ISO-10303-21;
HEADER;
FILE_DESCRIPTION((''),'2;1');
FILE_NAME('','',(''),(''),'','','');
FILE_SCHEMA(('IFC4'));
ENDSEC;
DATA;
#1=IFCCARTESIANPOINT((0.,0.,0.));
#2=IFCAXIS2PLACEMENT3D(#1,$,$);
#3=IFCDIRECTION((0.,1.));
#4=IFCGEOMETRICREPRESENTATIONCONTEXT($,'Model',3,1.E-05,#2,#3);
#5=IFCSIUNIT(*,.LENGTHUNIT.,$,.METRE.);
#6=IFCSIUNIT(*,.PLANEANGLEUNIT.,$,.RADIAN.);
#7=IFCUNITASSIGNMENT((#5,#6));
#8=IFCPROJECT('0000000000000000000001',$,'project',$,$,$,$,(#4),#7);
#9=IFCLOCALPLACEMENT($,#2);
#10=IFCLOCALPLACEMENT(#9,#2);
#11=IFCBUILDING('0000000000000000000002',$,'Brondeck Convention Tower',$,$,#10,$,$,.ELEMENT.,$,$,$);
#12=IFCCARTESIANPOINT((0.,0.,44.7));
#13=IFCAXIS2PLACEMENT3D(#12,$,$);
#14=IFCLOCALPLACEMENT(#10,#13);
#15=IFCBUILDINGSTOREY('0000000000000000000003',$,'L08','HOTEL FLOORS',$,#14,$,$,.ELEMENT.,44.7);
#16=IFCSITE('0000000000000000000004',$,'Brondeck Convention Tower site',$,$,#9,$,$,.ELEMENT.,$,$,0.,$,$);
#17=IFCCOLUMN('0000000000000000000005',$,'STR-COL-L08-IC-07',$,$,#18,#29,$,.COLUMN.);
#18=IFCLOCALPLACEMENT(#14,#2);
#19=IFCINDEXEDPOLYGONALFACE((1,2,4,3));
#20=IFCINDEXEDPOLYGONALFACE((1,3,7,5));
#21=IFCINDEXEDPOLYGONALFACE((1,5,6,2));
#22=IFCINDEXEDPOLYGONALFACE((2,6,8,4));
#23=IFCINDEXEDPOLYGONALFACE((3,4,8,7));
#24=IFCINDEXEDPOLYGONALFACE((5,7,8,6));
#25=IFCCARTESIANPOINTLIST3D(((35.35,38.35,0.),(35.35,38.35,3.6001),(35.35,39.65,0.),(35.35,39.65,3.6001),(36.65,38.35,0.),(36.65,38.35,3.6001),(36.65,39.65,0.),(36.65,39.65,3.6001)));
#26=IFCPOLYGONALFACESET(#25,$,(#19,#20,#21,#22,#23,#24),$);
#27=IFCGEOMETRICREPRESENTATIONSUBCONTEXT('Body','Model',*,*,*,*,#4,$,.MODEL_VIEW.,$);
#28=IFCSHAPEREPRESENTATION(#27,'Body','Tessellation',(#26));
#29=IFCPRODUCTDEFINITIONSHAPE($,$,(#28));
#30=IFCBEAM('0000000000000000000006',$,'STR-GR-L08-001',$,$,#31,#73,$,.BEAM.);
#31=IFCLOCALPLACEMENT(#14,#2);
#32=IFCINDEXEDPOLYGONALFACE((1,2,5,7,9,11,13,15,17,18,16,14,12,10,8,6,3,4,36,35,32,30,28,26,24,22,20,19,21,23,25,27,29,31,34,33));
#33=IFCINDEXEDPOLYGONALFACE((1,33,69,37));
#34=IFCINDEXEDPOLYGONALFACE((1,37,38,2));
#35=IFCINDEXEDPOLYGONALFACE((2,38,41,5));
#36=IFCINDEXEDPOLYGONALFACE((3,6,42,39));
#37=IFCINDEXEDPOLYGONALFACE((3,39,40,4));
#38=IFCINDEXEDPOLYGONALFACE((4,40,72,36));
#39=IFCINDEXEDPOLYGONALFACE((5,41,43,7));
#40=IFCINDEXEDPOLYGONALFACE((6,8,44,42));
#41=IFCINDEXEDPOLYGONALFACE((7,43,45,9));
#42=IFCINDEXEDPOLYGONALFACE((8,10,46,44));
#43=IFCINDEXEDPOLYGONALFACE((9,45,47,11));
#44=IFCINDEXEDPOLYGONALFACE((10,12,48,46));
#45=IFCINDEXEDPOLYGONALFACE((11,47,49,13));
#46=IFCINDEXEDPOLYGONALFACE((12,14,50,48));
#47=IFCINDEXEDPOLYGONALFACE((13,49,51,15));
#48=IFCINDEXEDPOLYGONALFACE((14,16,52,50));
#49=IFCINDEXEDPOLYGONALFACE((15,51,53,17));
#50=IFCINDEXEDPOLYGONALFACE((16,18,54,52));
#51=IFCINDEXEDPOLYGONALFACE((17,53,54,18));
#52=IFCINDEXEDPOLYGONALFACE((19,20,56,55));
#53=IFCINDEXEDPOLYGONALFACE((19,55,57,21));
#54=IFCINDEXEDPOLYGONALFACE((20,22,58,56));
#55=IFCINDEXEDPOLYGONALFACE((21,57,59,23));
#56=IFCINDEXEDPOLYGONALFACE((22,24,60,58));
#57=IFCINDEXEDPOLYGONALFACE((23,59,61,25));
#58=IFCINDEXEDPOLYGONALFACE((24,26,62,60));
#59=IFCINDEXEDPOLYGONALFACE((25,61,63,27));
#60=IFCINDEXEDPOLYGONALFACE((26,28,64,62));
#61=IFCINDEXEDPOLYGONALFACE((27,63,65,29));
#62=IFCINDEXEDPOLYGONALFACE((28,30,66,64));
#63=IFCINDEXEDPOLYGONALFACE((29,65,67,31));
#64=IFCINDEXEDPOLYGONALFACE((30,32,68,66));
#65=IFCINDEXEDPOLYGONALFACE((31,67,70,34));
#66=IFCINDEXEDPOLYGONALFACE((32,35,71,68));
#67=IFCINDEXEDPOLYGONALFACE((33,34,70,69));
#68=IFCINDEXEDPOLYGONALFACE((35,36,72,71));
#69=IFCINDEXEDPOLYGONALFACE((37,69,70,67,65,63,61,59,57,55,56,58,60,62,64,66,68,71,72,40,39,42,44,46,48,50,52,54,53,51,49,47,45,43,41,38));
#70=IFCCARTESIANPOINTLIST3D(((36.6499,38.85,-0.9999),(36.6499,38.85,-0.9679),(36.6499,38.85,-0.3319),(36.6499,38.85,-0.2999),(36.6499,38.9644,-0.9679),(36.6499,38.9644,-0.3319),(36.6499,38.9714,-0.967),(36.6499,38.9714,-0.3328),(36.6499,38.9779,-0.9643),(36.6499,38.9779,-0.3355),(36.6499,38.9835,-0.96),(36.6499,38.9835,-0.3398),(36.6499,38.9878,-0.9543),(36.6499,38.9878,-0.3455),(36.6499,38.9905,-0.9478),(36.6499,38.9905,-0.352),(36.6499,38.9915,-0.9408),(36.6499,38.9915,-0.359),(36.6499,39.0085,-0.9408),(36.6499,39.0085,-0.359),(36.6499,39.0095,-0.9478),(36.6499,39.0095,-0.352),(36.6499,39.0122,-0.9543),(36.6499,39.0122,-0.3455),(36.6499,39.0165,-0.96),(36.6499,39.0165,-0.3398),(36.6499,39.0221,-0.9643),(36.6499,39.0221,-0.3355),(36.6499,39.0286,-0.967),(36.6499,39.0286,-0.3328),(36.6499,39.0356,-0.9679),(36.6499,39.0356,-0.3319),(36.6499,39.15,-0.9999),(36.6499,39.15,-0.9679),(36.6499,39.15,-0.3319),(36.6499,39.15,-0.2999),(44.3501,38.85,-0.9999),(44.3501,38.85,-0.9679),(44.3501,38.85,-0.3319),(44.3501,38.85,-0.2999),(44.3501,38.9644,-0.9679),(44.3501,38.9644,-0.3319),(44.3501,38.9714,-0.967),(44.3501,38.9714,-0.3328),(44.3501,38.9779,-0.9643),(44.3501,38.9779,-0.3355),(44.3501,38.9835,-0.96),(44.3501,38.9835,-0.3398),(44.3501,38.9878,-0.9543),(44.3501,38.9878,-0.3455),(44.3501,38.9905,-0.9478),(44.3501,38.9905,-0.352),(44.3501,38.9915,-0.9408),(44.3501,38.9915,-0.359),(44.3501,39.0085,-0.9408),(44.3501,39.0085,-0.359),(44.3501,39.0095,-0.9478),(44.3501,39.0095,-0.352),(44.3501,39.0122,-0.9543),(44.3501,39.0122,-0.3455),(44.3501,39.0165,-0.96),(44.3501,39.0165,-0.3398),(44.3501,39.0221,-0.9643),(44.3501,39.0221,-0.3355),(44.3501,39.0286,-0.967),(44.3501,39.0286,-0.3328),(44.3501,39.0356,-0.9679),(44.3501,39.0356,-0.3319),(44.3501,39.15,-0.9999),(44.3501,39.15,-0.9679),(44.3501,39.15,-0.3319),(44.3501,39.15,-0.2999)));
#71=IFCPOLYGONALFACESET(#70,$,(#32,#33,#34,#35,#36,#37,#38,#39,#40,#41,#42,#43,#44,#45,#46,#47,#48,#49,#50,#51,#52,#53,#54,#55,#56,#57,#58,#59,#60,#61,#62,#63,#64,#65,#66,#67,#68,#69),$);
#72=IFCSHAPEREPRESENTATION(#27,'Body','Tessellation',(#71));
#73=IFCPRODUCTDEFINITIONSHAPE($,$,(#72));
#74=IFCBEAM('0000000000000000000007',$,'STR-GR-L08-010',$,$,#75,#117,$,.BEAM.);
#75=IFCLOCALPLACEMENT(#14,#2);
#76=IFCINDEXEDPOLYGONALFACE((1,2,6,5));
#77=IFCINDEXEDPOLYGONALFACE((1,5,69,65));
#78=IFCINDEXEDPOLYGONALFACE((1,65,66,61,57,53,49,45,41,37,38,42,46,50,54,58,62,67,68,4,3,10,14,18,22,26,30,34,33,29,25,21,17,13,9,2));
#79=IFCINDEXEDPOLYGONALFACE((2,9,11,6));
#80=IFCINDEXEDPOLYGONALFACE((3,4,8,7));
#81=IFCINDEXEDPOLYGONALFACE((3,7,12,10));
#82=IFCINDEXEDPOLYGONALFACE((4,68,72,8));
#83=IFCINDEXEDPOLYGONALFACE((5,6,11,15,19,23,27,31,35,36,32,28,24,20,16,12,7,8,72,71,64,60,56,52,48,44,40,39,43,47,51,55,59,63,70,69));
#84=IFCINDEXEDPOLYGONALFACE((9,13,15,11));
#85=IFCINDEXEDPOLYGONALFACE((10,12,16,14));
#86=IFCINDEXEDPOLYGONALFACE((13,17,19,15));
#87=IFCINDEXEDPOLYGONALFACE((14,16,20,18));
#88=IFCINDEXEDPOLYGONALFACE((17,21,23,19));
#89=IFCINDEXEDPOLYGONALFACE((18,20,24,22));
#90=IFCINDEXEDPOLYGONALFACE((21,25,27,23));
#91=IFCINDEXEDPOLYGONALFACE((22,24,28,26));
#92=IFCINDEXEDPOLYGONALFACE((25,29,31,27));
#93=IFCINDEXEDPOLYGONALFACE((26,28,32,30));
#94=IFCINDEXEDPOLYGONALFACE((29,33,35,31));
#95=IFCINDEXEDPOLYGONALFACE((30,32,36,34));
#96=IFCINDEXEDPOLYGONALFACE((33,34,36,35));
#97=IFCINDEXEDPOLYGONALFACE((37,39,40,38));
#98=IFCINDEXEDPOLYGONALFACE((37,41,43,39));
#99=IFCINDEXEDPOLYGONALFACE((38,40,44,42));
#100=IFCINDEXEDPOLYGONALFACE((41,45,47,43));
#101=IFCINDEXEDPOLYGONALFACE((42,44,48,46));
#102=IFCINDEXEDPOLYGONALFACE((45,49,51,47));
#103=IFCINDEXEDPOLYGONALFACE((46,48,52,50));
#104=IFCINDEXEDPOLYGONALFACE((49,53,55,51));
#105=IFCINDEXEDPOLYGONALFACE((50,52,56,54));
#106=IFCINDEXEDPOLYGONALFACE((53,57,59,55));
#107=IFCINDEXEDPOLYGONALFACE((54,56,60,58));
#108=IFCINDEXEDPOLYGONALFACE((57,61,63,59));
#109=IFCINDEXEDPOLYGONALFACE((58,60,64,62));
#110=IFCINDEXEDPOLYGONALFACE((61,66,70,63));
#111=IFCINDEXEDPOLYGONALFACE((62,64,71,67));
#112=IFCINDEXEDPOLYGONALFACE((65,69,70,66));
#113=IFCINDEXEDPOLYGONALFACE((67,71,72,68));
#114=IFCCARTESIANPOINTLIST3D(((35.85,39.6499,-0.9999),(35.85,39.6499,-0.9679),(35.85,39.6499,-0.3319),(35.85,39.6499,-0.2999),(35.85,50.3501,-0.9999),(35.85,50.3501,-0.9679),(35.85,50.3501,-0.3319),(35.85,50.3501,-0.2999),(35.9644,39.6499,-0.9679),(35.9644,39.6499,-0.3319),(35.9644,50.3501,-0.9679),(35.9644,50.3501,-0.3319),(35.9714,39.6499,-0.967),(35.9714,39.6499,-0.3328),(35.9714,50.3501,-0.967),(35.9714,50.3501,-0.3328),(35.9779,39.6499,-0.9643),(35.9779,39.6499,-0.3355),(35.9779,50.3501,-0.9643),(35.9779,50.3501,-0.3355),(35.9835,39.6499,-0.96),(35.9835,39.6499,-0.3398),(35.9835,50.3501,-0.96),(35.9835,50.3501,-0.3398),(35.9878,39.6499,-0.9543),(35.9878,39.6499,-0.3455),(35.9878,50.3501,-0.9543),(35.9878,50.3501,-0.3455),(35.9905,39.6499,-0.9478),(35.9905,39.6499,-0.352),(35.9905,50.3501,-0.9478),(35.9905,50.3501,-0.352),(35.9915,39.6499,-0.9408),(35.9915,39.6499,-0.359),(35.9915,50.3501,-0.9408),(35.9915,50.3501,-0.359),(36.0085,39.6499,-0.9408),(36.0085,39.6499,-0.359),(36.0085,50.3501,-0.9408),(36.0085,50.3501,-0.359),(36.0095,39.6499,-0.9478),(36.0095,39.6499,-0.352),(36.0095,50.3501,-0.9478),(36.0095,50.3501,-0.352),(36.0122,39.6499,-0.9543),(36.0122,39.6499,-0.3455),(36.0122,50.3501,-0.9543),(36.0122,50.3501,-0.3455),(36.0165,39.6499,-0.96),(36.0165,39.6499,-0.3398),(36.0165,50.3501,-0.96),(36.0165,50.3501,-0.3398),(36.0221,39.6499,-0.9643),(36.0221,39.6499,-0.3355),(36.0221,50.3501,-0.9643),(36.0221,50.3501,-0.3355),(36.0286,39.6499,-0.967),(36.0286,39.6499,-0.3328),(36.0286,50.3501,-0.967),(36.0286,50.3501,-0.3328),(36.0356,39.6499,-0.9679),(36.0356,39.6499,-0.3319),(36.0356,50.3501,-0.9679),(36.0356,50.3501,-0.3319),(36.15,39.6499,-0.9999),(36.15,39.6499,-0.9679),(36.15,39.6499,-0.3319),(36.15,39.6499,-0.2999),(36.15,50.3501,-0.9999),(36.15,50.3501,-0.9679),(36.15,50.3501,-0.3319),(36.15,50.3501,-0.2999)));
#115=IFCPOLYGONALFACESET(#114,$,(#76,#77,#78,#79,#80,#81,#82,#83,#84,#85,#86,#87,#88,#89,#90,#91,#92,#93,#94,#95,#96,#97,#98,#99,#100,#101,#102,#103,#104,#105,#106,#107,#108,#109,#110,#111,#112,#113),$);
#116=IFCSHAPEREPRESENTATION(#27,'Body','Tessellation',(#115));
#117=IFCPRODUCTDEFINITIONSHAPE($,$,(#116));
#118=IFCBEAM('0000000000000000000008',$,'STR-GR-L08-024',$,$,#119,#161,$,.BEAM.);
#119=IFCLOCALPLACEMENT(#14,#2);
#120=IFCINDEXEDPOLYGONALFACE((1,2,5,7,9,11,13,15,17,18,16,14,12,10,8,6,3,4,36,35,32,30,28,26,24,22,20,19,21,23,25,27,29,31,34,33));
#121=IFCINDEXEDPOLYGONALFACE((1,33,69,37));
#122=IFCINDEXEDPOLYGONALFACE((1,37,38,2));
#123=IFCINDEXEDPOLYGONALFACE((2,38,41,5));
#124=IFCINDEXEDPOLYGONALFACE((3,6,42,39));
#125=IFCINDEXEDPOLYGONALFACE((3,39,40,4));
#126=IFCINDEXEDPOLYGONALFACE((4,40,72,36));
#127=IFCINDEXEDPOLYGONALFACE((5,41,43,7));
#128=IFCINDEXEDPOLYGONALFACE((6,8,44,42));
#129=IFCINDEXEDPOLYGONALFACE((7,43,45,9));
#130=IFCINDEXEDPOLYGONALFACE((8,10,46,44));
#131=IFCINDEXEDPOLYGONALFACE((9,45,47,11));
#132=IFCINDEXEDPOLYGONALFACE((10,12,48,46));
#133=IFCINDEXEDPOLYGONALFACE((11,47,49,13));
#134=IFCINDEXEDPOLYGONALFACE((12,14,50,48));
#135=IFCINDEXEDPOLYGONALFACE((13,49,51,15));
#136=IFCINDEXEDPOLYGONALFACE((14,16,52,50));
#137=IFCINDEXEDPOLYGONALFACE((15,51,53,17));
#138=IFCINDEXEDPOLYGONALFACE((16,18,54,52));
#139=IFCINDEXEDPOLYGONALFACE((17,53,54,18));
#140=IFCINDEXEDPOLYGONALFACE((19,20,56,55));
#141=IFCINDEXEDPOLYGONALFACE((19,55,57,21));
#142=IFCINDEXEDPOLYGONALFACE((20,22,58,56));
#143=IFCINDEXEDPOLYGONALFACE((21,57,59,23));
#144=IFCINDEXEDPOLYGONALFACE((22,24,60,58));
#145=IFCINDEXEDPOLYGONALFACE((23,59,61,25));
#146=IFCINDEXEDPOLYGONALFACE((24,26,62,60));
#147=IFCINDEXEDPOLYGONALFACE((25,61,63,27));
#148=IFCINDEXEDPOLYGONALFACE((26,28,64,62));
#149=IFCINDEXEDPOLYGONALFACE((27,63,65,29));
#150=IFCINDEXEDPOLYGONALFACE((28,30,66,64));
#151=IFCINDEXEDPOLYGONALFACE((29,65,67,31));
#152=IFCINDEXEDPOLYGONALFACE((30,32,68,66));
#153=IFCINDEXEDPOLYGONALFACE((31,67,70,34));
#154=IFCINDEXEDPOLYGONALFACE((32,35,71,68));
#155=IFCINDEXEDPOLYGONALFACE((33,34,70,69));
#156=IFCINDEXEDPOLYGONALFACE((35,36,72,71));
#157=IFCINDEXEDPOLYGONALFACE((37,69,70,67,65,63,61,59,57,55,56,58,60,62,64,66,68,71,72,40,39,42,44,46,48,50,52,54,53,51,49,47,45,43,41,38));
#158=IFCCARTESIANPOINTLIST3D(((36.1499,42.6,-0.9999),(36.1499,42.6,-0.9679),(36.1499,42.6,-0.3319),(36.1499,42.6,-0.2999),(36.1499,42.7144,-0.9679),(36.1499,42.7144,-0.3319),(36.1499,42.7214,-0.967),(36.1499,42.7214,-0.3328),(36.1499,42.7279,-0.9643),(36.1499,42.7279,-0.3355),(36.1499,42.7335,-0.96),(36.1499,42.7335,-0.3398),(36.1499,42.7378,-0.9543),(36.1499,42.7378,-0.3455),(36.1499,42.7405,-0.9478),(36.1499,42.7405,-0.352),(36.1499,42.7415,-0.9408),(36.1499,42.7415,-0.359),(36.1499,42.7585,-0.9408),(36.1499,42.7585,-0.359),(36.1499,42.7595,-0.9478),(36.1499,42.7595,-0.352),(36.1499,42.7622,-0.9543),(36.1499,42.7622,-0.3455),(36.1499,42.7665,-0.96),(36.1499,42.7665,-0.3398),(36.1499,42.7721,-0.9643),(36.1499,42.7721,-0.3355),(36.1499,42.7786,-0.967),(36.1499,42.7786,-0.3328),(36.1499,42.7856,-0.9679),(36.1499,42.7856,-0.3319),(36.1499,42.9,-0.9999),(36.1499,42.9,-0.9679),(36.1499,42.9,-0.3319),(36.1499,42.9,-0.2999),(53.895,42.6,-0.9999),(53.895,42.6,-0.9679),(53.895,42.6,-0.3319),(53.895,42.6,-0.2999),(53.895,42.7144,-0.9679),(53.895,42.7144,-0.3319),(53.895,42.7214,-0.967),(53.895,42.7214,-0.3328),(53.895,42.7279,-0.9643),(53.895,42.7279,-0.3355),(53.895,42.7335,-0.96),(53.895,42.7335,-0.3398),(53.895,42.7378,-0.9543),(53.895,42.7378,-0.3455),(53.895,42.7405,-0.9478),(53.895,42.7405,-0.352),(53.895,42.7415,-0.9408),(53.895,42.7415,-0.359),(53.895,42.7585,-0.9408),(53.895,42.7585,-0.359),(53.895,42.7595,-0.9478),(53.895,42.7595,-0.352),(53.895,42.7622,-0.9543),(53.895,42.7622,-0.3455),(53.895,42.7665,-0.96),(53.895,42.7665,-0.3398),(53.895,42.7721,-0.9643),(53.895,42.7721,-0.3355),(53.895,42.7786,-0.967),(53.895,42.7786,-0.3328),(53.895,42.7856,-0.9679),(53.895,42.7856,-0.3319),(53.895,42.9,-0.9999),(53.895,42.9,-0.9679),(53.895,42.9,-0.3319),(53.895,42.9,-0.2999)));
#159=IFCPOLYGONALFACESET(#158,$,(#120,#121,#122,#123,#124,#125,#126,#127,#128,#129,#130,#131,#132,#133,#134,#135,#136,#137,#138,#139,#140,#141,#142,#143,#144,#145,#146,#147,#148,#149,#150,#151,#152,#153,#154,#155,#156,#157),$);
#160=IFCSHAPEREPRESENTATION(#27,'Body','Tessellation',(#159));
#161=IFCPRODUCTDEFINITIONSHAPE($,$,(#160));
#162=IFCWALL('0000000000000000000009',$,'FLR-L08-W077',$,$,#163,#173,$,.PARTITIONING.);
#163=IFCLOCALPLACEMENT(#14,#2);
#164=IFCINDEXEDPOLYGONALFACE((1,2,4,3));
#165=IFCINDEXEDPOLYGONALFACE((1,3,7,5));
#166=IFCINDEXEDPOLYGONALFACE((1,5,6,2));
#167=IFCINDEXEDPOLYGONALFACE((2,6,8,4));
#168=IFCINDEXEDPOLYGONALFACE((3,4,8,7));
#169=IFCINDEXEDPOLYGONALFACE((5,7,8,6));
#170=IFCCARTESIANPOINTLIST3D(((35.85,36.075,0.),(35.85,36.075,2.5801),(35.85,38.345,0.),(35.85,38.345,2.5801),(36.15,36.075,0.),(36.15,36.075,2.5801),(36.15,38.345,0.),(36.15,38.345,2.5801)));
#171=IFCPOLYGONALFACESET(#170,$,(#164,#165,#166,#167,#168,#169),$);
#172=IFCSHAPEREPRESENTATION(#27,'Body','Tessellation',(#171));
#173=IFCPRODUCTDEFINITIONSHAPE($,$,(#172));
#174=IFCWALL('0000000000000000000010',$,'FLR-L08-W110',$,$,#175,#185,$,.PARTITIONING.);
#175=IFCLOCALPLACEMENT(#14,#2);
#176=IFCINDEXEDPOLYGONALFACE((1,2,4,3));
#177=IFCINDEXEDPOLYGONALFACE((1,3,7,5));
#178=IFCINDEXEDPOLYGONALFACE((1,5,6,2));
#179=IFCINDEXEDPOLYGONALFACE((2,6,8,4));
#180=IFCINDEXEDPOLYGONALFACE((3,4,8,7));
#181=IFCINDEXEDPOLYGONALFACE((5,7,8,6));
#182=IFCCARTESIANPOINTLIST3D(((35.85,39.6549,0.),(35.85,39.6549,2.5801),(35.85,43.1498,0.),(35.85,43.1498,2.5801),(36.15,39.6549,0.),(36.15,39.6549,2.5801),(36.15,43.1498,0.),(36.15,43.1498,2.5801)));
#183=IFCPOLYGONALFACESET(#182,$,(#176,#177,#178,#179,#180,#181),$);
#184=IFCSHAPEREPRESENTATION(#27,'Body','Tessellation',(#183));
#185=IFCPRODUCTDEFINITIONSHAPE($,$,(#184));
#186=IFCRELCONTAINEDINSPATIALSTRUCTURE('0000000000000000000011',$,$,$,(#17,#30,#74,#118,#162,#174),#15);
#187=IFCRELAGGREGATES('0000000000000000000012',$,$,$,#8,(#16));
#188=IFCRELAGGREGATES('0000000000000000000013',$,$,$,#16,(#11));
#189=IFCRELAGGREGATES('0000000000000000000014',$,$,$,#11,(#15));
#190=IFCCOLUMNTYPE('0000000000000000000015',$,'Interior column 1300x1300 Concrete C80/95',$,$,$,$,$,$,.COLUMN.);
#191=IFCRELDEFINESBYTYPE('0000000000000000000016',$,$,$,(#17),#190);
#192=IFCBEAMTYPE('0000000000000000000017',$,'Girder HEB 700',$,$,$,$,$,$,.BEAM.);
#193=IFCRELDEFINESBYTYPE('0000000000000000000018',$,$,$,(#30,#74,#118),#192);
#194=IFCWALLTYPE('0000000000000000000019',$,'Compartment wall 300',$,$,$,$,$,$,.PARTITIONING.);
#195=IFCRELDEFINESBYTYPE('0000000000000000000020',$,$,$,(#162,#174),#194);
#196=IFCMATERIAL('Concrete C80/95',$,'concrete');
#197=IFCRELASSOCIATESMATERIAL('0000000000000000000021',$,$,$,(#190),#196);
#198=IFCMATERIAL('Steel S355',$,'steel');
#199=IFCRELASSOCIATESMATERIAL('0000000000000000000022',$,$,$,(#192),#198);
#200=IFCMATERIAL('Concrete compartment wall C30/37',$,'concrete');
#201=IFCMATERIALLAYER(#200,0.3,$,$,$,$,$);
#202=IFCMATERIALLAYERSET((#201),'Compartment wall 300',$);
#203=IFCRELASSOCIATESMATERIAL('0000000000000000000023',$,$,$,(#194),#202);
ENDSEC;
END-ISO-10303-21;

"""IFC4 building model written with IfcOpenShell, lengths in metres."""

from ifc_helpers import new_model, si_unit, direction, frame, frame_2d, origin, origin_2d, place, context, subcontext, project, spatial, rectangle, i_section, extrude, material, layer, layer_set, material_profile, profile_set, type_object, element, save


model = new_model("IFC4")

# Units and contexts
model_context = context("Model", 3, precision=1e-05, world=origin(), true_north=direction((0.0, 1.0)))
body_context = subcontext(model_context, "Body", "Model", "MODEL_VIEW")
ifc_project = project(units=[si_unit("LENGTHUNIT", "METRE"), si_unit("PLANEANGLEUNIT", "RADIAN")], contexts=[model_context])

# Site, building, storey
site_placement = place(None, origin())
site = spatial("IfcSite", under=ifc_project, at=site_placement, Name="Brondeck Convention Tower site", CompositionType="ELEMENT", RefElevation=0.0)
building_placement = place(site_placement, origin())
building = spatial("IfcBuilding", under=site, at=building_placement, Name="Brondeck Convention Tower", CompositionType="ELEMENT")
storey_placement = place(building_placement, frame((0.0, 0.0, 44.7)))
storey = spatial("IfcBuildingStorey", under=building, at=storey_placement, Name="L08", Description="HOTEL FLOORS", CompositionType="ELEMENT", Elevation=44.7)

# Column
ifc_material_1 = material(Name="Concrete C80/95", Category="concrete")
ifc_material_profile_1 = material_profile(ifc_material_1, rectangle(XDim=1.3, YDim=1.3, at=origin_2d()), Name="Interior column 1300x1300 Concrete C80/95")
ifc_profile_set_1 = profile_set([ifc_material_profile_1], Name="Concrete C80/95")
column_type = type_object("IfcColumnType", Name="Interior column 1300x1300 Concrete C80/95", PredefinedType="COLUMN", material=ifc_profile_set_1)
column_placement = place(storey_placement, frame((36.0, 39.0, 0.0), z_axis=(0.0, 0.0, 1.0), x_axis=(1.0, 0.0, 0.0)))
element("IfcColumn", 1, at=column_placement, inside=storey, type_object=column_type, Name="STR-COL-L08-IC-07", PredefinedType="COLUMN", context=body_context, shape_type="SweptSolid", body=[
    extrude(rectangle(XDim=1.3, YDim=1.3, at=origin_2d()), origin(), (0.0, 0.0, 1.0), 3.6001),
])

# Beams
ifc_material_2 = material(Name="Steel S355", Category="steel")
ifc_material_profile_2 = material_profile(ifc_material_2, i_section(OverallWidth=0.3, OverallDepth=0.7, WebThickness=0.0171, FlangeThickness=0.032, FilletRadius=0.0271, at=origin_2d()), Name="HEB 700")
ifc_profile_set_2 = profile_set([ifc_material_profile_2], Name="Steel S355")
beam_type = type_object("IfcBeamType", Name="Girder HEB 700", PredefinedType="BEAM", material=ifc_profile_set_2)
beam_1_placement = place(storey_placement, frame((36.6499, 39.0, -0.6499), z_axis=(1.0, 0.0, 0.0), x_axis=(0.0, 1.0, 0.0)))
element("IfcBeam", 2, at=beam_1_placement, inside=storey, type_object=beam_type, Name="STR-GR-L08-001", PredefinedType="BEAM", context=body_context, shape_type="SweptSolid", body=[
    extrude(i_section(OverallWidth=0.3, OverallDepth=0.7, WebThickness=0.0171, FlangeThickness=0.032, FilletRadius=0.0271, at=origin_2d()), origin(), (0.0, 0.0, 1.0), 7.7002),
])
beam_2_placement = place(storey_placement, frame((36.0, 39.6499, -0.6499), z_axis=(0.0, 1.0, 0.0), x_axis=(-1.0, 0.0, 0.0)))
element("IfcBeam", 3, at=beam_2_placement, inside=storey, type_object=beam_type, Name="STR-GR-L08-010", PredefinedType="BEAM", context=body_context, shape_type="SweptSolid", body=[
    extrude(i_section(OverallWidth=0.3, OverallDepth=0.7, WebThickness=0.0171, FlangeThickness=0.032, FilletRadius=0.0271, at=origin_2d()), origin(), (0.0, 0.0, 1.0), 10.7002),
])
beam_3_placement = place(storey_placement, frame((36.1499, 42.75, -0.6499), z_axis=(1.0, 0.0, 0.0), x_axis=(0.0, 1.0, 0.0)))
element("IfcBeam", 4, at=beam_3_placement, inside=storey, type_object=beam_type, Name="STR-GR-L08-024", PredefinedType="BEAM", context=body_context, shape_type="SweptSolid", body=[
    extrude(i_section(OverallWidth=0.3, OverallDepth=0.7, WebThickness=0.0171, FlangeThickness=0.032, FilletRadius=0.0271, at=origin_2d()), origin(), (0.0, 0.0, 1.0), 17.7451),
])

# Walls
ifc_material_3 = material(Name="Concrete compartment wall C30/37", Category="concrete")
ifc_layer_1 = layer(ifc_material_3, 0.3)
ifc_layer_set_1 = layer_set([ifc_layer_1], Name="Compartment wall 300")
wall_type_1 = type_object("IfcWallType", Name="Compartment wall 300", PredefinedType="PARTITIONING", material=ifc_layer_set_1)
wall_1_placement = place(storey_placement, frame((36.0, 38.345, 0.0), z_axis=(0.0, 0.0, 1.0), x_axis=(0.0, -1.0, 0.0)))
element("IfcWall", 5, at=wall_1_placement, inside=storey, type_object=wall_type_1, Name="FLR-L08-W077", PredefinedType="PARTITIONING", context=body_context, shape_type="SweptSolid", body=[
    extrude(rectangle(XDim=2.27, YDim=0.3, at=frame_2d((1.135, 0.0))), origin(), (0.0, 0.0, 1.0), 2.5801),
])
wall_2_placement = place(storey_placement, frame((36.0, 43.1499, 0.0), z_axis=(0.0, 0.0, 1.0), x_axis=(0.0, -1.0, 0.0)))
element("IfcWall", 6, at=wall_2_placement, inside=storey, type_object=wall_type_1, Name="FLR-L08-W110", PredefinedType="PARTITIONING", context=body_context, shape_type="SweptSolid", body=[
    extrude(rectangle(XDim=3.4949, YDim=0.3, at=frame_2d((1.7476, 0.0))), origin(), (0.0, 0.0, 1.0), 2.5801),
])

save(model, "model.ifc")
